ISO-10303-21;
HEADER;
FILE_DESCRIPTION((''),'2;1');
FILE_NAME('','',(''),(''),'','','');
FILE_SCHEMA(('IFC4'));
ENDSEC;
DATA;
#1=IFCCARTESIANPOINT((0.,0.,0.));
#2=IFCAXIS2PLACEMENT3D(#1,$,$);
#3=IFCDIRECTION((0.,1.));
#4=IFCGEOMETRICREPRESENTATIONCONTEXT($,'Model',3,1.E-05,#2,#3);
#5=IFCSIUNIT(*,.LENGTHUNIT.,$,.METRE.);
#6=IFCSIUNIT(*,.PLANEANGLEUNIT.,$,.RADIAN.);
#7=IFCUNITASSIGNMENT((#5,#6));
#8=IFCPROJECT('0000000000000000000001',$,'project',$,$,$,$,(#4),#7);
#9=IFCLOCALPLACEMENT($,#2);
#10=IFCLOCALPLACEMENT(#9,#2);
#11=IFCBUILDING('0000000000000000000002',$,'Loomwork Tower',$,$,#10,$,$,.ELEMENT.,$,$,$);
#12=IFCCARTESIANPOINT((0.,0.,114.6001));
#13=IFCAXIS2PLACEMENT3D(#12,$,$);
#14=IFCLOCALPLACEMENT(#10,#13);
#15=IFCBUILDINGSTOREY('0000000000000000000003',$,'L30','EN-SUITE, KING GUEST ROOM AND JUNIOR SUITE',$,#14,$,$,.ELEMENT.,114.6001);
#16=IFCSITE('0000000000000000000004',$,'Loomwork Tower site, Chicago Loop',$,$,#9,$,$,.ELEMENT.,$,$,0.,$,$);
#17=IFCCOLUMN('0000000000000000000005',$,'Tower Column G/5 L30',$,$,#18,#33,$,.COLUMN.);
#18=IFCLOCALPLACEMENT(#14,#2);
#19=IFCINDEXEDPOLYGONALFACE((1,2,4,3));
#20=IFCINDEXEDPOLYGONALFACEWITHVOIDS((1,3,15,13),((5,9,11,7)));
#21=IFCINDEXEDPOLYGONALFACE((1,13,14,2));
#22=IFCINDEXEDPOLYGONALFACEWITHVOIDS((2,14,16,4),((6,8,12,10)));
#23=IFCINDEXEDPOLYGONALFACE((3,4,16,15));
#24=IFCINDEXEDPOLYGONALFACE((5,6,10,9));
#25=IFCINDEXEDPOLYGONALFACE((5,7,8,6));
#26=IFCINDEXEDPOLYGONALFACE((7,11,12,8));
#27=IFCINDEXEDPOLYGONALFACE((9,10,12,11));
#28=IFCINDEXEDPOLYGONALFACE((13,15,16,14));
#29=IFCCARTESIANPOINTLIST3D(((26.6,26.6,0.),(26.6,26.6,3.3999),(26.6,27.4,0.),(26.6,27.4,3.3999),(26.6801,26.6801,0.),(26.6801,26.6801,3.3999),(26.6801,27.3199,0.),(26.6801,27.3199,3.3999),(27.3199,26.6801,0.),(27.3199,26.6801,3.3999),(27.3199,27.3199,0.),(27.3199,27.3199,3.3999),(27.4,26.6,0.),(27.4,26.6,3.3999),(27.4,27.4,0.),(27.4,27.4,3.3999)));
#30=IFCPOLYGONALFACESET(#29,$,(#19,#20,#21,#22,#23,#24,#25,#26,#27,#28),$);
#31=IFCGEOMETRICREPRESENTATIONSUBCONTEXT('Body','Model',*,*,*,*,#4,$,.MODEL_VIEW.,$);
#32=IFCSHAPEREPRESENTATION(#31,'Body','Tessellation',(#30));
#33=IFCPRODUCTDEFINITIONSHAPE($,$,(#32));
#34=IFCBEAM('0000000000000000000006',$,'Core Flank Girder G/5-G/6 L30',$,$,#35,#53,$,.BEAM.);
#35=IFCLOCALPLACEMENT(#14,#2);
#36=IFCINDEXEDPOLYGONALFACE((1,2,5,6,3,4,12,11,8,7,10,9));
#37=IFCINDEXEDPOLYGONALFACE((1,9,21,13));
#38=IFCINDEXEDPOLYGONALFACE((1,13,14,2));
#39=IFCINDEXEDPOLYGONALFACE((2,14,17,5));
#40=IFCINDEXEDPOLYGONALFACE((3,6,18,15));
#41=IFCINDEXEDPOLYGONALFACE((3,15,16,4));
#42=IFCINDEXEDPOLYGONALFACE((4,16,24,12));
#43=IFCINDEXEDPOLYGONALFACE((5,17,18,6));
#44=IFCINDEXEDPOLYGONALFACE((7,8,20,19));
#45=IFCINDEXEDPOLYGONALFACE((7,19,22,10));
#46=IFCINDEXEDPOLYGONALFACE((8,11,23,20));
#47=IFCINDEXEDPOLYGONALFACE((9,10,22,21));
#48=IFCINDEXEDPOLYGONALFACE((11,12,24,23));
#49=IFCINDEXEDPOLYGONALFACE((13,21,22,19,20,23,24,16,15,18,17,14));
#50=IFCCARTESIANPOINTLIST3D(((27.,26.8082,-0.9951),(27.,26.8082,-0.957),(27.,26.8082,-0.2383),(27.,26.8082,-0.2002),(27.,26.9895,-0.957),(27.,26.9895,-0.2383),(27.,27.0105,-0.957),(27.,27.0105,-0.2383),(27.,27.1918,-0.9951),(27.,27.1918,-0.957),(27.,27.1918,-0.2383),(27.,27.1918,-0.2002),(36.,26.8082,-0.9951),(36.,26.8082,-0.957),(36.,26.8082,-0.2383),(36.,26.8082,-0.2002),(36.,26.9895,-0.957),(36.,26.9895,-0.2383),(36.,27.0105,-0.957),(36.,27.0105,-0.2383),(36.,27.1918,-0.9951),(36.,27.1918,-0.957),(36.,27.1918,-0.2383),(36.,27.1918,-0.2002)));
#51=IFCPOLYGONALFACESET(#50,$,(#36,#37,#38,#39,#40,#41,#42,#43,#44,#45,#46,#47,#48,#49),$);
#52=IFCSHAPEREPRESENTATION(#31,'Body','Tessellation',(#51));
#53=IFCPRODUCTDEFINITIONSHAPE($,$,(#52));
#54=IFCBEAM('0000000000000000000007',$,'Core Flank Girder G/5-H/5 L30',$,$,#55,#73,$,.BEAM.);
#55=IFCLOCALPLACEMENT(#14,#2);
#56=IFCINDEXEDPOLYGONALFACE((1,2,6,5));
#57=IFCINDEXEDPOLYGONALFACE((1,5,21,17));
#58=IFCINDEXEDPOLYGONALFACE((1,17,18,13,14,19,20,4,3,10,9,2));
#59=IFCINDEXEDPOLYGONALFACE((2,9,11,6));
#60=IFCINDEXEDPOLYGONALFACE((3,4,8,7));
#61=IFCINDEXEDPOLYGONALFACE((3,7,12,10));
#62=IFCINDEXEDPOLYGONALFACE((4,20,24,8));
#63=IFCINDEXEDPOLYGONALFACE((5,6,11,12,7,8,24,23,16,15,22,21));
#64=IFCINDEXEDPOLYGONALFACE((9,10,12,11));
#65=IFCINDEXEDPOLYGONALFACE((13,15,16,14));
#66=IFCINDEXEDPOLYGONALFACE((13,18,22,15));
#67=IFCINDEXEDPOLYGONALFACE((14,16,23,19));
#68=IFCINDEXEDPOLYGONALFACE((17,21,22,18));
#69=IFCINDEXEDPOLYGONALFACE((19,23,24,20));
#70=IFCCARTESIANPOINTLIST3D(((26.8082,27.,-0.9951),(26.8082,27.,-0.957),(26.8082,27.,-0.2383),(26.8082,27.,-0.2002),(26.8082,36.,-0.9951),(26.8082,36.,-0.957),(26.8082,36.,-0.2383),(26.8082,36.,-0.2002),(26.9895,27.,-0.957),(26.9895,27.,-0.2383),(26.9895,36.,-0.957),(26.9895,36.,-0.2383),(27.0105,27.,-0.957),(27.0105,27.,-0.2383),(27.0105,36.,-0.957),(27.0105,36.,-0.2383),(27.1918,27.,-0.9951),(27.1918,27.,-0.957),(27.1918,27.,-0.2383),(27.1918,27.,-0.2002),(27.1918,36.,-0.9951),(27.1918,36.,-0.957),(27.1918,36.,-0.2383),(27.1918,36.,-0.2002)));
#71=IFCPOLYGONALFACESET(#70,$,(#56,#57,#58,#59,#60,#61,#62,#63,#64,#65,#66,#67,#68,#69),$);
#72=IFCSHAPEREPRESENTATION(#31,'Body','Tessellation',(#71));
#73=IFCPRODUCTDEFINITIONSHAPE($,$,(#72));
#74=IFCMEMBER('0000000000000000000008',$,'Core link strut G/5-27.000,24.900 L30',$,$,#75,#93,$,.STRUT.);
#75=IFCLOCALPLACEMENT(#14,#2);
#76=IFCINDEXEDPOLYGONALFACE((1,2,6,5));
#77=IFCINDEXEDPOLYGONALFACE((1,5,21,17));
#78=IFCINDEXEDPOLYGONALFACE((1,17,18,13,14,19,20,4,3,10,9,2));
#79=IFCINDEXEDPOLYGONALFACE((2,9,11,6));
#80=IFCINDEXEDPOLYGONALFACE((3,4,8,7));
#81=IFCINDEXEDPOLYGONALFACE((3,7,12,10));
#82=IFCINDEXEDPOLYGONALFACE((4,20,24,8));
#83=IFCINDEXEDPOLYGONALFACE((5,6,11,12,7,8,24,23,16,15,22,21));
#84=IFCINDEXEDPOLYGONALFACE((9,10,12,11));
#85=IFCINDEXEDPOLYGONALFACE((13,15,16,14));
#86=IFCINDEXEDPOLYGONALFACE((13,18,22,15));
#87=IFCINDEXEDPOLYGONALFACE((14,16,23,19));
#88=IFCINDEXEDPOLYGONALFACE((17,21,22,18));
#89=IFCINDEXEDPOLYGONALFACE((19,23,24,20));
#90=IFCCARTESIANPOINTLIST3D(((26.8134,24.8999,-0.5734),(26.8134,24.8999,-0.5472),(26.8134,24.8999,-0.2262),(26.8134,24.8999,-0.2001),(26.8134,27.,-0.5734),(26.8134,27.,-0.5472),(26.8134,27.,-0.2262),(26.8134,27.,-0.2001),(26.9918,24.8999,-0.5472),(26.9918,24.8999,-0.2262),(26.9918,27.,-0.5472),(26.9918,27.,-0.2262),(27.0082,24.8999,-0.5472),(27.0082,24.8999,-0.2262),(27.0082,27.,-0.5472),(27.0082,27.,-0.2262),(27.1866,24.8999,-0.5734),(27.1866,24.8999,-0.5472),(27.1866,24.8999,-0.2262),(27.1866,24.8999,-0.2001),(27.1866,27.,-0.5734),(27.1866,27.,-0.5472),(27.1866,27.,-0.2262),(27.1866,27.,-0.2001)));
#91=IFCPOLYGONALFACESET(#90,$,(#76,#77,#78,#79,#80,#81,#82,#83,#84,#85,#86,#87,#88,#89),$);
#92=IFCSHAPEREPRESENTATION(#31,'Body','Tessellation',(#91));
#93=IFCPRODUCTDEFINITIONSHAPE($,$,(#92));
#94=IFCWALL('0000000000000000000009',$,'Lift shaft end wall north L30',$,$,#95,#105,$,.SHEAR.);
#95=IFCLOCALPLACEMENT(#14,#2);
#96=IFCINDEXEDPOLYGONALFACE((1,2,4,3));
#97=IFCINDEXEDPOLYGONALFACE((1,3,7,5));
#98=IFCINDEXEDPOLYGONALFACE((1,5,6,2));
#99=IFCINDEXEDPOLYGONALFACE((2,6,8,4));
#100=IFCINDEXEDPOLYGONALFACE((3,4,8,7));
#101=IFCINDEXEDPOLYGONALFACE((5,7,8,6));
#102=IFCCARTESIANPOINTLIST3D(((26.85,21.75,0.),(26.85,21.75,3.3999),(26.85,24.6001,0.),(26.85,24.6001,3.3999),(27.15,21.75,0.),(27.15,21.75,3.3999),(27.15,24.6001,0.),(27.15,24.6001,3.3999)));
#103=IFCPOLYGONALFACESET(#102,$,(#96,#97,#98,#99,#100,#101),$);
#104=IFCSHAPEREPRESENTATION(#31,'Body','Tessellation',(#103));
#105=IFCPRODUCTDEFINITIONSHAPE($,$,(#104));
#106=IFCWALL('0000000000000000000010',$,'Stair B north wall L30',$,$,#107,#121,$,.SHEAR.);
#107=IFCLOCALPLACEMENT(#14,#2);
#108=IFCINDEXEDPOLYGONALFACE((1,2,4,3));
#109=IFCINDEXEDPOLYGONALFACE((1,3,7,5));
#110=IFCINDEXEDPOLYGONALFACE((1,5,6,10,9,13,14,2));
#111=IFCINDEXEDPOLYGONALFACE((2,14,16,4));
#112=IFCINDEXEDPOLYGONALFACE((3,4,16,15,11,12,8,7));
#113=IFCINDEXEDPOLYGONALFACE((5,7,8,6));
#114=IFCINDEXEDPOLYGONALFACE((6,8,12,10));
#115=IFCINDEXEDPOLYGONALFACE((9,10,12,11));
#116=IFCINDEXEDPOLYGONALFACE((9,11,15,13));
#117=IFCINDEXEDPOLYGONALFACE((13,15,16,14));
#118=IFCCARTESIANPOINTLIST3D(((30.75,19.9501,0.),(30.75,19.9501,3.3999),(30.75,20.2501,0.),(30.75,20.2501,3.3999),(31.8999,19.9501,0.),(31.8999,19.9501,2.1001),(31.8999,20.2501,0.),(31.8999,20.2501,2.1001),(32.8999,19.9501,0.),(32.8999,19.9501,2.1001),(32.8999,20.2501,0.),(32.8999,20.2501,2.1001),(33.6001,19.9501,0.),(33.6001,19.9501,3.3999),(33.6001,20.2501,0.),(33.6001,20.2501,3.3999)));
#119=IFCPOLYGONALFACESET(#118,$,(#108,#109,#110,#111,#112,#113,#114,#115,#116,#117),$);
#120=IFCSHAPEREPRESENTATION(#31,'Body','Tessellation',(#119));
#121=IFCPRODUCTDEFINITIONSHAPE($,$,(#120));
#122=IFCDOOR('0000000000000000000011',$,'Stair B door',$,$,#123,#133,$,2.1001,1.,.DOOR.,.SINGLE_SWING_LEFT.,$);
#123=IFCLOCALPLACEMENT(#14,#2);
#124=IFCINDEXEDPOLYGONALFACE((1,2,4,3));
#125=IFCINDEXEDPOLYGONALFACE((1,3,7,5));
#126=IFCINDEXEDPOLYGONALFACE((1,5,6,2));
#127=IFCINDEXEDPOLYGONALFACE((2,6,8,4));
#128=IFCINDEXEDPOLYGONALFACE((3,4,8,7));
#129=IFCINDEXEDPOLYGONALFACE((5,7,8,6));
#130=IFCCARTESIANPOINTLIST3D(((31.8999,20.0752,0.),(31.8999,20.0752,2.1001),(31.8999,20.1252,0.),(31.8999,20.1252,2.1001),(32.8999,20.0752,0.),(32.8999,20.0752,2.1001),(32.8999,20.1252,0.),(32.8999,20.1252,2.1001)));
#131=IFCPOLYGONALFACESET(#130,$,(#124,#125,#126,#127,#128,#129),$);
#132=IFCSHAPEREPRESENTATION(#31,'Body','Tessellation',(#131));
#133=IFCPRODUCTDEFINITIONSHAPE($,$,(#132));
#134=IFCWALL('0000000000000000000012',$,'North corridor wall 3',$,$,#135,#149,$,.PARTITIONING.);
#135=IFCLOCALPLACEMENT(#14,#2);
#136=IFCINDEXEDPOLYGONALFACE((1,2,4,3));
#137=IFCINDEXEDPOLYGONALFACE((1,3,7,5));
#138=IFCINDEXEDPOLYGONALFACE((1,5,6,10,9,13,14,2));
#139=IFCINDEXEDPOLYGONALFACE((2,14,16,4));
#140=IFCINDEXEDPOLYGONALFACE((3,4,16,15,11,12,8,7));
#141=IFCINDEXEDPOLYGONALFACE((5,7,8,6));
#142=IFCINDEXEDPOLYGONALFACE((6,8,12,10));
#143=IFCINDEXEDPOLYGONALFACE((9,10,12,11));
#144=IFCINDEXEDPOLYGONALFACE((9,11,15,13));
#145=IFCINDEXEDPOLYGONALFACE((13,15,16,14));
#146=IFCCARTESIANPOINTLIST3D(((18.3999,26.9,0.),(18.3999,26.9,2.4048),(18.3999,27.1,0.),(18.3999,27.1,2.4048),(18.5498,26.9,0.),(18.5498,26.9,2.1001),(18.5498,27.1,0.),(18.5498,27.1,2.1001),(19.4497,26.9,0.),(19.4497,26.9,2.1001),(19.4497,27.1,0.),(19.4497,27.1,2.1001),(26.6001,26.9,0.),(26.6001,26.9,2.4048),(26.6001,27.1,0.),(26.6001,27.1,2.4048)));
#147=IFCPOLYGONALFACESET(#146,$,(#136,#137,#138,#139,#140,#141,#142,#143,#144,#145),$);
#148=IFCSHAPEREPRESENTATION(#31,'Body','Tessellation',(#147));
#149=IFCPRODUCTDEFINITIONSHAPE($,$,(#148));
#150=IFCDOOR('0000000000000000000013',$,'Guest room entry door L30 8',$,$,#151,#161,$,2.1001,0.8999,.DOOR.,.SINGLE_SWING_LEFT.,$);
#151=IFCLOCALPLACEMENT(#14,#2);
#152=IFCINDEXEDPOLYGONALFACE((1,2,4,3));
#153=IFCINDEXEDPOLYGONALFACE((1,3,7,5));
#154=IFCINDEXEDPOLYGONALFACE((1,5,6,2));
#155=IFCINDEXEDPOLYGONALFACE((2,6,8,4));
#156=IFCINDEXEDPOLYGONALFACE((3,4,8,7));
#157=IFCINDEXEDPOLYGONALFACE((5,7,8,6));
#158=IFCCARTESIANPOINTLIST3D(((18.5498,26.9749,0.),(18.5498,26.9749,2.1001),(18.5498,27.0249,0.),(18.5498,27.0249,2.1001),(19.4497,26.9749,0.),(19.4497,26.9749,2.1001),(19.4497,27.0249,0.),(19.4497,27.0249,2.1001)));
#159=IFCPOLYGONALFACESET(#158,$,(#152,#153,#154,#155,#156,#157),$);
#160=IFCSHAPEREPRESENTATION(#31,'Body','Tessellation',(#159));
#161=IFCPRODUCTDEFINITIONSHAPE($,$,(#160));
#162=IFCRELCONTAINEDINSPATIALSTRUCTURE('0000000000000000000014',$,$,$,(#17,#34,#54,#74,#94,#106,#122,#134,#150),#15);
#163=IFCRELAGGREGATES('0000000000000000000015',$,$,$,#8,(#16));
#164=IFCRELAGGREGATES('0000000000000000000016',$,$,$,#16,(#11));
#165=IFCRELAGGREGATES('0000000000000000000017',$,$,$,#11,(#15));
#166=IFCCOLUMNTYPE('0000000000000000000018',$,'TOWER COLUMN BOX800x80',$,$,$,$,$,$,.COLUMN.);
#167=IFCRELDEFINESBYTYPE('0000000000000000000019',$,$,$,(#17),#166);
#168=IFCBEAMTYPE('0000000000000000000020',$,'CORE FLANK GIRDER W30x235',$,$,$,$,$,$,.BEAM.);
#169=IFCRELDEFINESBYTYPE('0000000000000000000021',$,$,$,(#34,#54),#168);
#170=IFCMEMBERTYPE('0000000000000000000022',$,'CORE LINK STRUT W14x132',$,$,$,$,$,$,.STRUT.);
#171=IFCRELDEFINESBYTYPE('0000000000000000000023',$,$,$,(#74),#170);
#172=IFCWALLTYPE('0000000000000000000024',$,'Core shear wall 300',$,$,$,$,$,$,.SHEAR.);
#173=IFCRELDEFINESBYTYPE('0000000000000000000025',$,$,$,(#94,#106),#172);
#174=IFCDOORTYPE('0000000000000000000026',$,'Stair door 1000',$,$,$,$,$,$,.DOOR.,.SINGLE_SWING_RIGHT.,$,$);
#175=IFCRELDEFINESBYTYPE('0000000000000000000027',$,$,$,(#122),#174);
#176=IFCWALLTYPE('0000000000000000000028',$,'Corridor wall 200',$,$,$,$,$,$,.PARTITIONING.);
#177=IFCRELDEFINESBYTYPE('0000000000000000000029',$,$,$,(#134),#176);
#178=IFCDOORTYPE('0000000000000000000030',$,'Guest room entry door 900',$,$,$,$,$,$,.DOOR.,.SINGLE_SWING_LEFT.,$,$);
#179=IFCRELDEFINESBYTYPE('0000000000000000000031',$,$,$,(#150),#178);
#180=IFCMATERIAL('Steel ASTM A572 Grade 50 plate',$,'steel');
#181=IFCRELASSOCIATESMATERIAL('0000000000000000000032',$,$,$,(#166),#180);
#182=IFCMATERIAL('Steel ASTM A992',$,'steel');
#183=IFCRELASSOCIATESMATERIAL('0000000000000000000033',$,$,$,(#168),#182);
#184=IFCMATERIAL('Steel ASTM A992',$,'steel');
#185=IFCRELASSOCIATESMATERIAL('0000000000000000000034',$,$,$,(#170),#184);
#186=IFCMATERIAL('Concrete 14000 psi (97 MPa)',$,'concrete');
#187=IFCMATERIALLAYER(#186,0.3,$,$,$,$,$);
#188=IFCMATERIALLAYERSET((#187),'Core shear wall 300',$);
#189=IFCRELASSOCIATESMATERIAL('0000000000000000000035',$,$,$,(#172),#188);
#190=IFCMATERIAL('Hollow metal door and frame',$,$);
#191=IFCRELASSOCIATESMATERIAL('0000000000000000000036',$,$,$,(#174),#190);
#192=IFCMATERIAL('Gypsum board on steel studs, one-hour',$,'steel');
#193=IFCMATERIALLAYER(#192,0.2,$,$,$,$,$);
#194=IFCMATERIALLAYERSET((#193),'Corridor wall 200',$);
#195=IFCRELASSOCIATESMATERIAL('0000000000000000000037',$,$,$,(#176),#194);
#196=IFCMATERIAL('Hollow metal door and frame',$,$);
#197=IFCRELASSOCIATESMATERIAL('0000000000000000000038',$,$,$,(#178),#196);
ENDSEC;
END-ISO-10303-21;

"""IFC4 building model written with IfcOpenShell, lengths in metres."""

from ifc_helpers import new_model, si_unit, direction, frame, frame_2d, origin, origin_2d, place, context, subcontext, project, spatial, rectangle, hollow_rectangle, i_section, extrude, material, layer, layer_set, material_profile, profile_set, type_object, element, fill, save


model = new_model("IFC4")

# Units and contexts
model_context = context("Model", 3, precision=1e-05, world=origin(), true_north=direction((0.0, 1.0)))
body_context = subcontext(model_context, "Body", "Model", "MODEL_VIEW")
ifc_project = project(units=[si_unit("LENGTHUNIT", "METRE"), si_unit("PLANEANGLEUNIT", "RADIAN")], contexts=[model_context])

# Site, building, storey
site_placement = place(None, origin())
site = spatial("IfcSite", under=ifc_project, at=site_placement, Name="Loomwork Tower site, Chicago Loop", CompositionType="ELEMENT", RefElevation=0.0)
building_placement = place(site_placement, origin())
building = spatial("IfcBuilding", under=site, at=building_placement, Name="Loomwork Tower", CompositionType="ELEMENT")
storey_placement = place(building_placement, frame((0.0, 0.0, 114.6001)))
storey = spatial("IfcBuildingStorey", under=building, at=storey_placement, Name="L30", Description="EN-SUITE, KING GUEST ROOM AND JUNIOR SUITE", CompositionType="ELEMENT", Elevation=114.6001)

# Column
ifc_material_1 = material(Name="Steel ASTM A572 Grade 50 plate", Category="steel")
ifc_material_profile_1 = material_profile(ifc_material_1, hollow_rectangle(XDim=0.8, YDim=0.8, WallThickness=0.0801, at=origin_2d()), Name="BOX800x80")
ifc_profile_set_1 = profile_set([ifc_material_profile_1], Name="Steel ASTM A572 Grade 50 plate")
column_type = type_object("IfcColumnType", Name="TOWER COLUMN BOX800x80", PredefinedType="COLUMN", material=ifc_profile_set_1)
column_placement = place(storey_placement, frame((27.0, 27.0, 0.0), z_axis=(0.0, 0.0, 1.0), x_axis=(1.0, 0.0, 0.0)))
element("IfcColumn", 1, at=column_placement, inside=storey, type_object=column_type, Name="Tower Column G/5 L30", PredefinedType="COLUMN", context=body_context, shape_type="SweptSolid", body=[
    extrude(hollow_rectangle(XDim=0.8, YDim=0.8, WallThickness=0.0801, at=origin_2d()), origin(), (0.0, 0.0, 1.0), 3.3999),
])

# Beams
ifc_material_2 = material(Name="Steel ASTM A992", Category="steel")
ifc_material_profile_2 = material_profile(ifc_material_2, i_section(OverallWidth=0.3835, OverallDepth=0.7949, WebThickness=0.021, FlangeThickness=0.0381, at=origin_2d()), Name="W30x235")
ifc_profile_set_2 = profile_set([ifc_material_profile_2], Name="Steel ASTM A992")
beam_type = type_object("IfcBeamType", Name="CORE FLANK GIRDER W30x235", PredefinedType="BEAM", material=ifc_profile_set_2)
for number, where, z_axis, x_axis, name in (
    (2, (27.0, 27.0, -0.5977), (1.0, 0.0, 0.0), (0.0, 1.0, 0.0), "Core Flank Girder G/5-G/6 L30"),
    (3, (27.0, 27.0, -0.5977), (0.0, 1.0, 0.0), (-1.0, 0.0, 0.0), "Core Flank Girder G/5-H/5 L30"),
):
    element("IfcBeam", number, at=place(storey_placement, frame(where, z_axis=z_axis, x_axis=x_axis)), inside=storey, type_object=beam_type, Name=name, PredefinedType="BEAM", context=body_context, shape_type="SweptSolid", body=[
        extrude(i_section(OverallWidth=0.3835, OverallDepth=0.7949, WebThickness=0.021, FlangeThickness=0.0381, at=origin_2d()), origin(), (0.0, 0.0, 1.0), 9.0),
    ])

# Member
ifc_material_3 = material(Name="Steel ASTM A992", Category="steel")
ifc_material_profile_3 = material_profile(ifc_material_3, i_section(OverallWidth=0.3733, OverallDepth=0.3733, WebThickness=0.0164, FlangeThickness=0.0261, at=origin_2d()), Name="W14x132")
ifc_profile_set_3 = profile_set([ifc_material_profile_3], Name="Steel ASTM A992")
member_type = type_object("IfcMemberType", Name="CORE LINK STRUT W14x132", PredefinedType="STRUT", material=ifc_profile_set_3)
member_placement = place(storey_placement, frame((27.0, 27.0, -0.3867), z_axis=(0.0, -1.0, 0.0), x_axis=(1.0, 0.0, 0.0)))
element("IfcMember", 4, at=member_placement, inside=storey, type_object=member_type, Name="Core link strut G/5-27.000,24.900 L30", PredefinedType="STRUT", context=body_context, shape_type="SweptSolid", body=[
    extrude(i_section(OverallWidth=0.3733, OverallDepth=0.3733, WebThickness=0.0164, FlangeThickness=0.0261, at=origin_2d()), origin(), (0.0, 0.0, 1.0), 2.1001),
])

# Wall
ifc_material_4 = material(Name="Concrete 14000 psi (97 MPa)", Category="concrete")
ifc_layer_1 = layer(ifc_material_4, 0.3)
ifc_layer_set_1 = layer_set([ifc_layer_1], Name="Core shear wall 300")
wall_type_1 = type_object("IfcWallType", Name="Core shear wall 300", PredefinedType="SHEAR", material=ifc_layer_set_1)
wall_1_placement = place(storey_placement, frame((27.0, 21.75, 0.0), z_axis=(0.0, 0.0, 1.0), x_axis=(0.0, 1.0, 0.0)))
element("IfcWall", 5, at=wall_1_placement, inside=storey, type_object=wall_type_1, Name="Lift shaft end wall north L30", PredefinedType="SHEAR", context=body_context, shape_type="SweptSolid", body=[
    extrude(rectangle(XDim=2.8501, YDim=0.3, at=frame_2d((1.425, 0.0))), origin(), (0.0, 0.0, 1.0), 3.3999),
])

# Walls, openings, doors
wall_2_placement = place(storey_placement, frame((30.75, 20.1001, 0.0), z_axis=(0.0, 0.0, 1.0), x_axis=(1.0, 0.0, 0.0)))
wall_2 = element("IfcWall", 6, at=wall_2_placement, inside=storey, type_object=wall_type_1, Name="Stair B north wall L30", PredefinedType="SHEAR", context=body_context, shape_type="SweptSolid", body=[
    extrude(rectangle(XDim=2.8501, YDim=0.3, at=frame_2d((1.425, 0.0))), origin(), (0.0, 0.0, 1.0), 3.3999),
])
opening_1_placement = place(wall_2_placement, frame((1.1499, 0.0, 0.0)))
opening_1 = element("IfcOpeningElement", 7, at=opening_1_placement, cuts=wall_2, PredefinedType="OPENING", context=body_context, shape_type="SweptSolid", body=[
    extrude(rectangle(XDim=1.0, YDim=2.1001, at=frame_2d((0.5, 1.05))), frame((0.0, 0.1599, 0.0), z_axis=(0.0, -1.0, 0.0), x_axis=(1.0, 0.0, 0.0)), (0.0, 0.0, 1.0), 0.3201),
])
ifc_material_5 = material(Name="Hollow metal door and frame")
door_type_1 = type_object("IfcDoorType", Name="Stair door 1000", OperationType="SINGLE_SWING_RIGHT", PredefinedType="DOOR", material=ifc_material_5)
door_1_placement = place(opening_1_placement, frame((1.0, 0.0, 0.0), z_axis=(0.0, 0.0, 1.0), x_axis=(-1.0, 0.0, 0.0)))
door_1 = element("IfcDoor", 8, at=door_1_placement, inside=storey, type_object=door_type_1, Name="Stair B door", OperationType="SINGLE_SWING_LEFT", OverallHeight=2.1001, OverallWidth=1.0, PredefinedType="DOOR", context=body_context, shape_type="SweptSolid", body=[
    extrude(rectangle(XDim=1.0, YDim=2.1001, at=frame_2d((0.5, 1.05))), frame((0.0, 0.0249, 0.0), z_axis=(0.0, -1.0, 0.0), x_axis=(1.0, 0.0, 0.0)), (0.0, 0.0, 1.0), 0.05),
])
fill(opening_1, door_1)
ifc_material_6 = material(Name="Gypsum board on steel studs, one-hour", Category="steel")
ifc_layer_2 = layer(ifc_material_6, 0.2)
ifc_layer_set_2 = layer_set([ifc_layer_2], Name="Corridor wall 200")
wall_type_2 = type_object("IfcWallType", Name="Corridor wall 200", PredefinedType="PARTITIONING", material=ifc_layer_set_2)
wall_3_placement = place(storey_placement, frame((18.3999, 27.0, 0.0), z_axis=(0.0, 0.0, 1.0), x_axis=(1.0, 0.0, 0.0)))
wall_3 = element("IfcWall", 9, at=wall_3_placement, inside=storey, type_object=wall_type_2, Name="North corridor wall 3", PredefinedType="PARTITIONING", context=body_context, shape_type="SweptSolid", body=[
    extrude(rectangle(XDim=8.2002, YDim=0.2, at=frame_2d((4.1001, 0.0))), origin(), (0.0, 0.0, 1.0), 2.4048),
])
opening_2_placement = place(wall_3_placement, frame((0.1499, 0.0, 0.0)))
opening_2 = element("IfcOpeningElement", 10, at=opening_2_placement, cuts=wall_3, PredefinedType="OPENING", context=body_context, shape_type="SweptSolid", body=[
    extrude(rectangle(XDim=0.8999, YDim=2.1001, at=frame_2d((0.45, 1.05))), frame((0.0, 0.1099, 0.0), z_axis=(0.0, -1.0, 0.0), x_axis=(1.0, 0.0, 0.0)), (0.0, 0.0, 1.0), 0.22),
])
ifc_material_7 = material(Name="Hollow metal door and frame")
door_type_2 = type_object("IfcDoorType", Name="Guest room entry door 900", OperationType="SINGLE_SWING_LEFT", PredefinedType="DOOR", material=ifc_material_7)
door_2_placement = place(opening_2_placement, origin())
door_2 = element("IfcDoor", 11, at=door_2_placement, inside=storey, type_object=door_type_2, Name="Guest room entry door L30 8", OperationType="SINGLE_SWING_LEFT", OverallHeight=2.1001, OverallWidth=0.8999, PredefinedType="DOOR", context=body_context, shape_type="SweptSolid", body=[
    extrude(rectangle(XDim=0.8999, YDim=2.1001, at=frame_2d((0.45, 1.05))), frame((0.0, 0.0249, 0.0), z_axis=(0.0, -1.0, 0.0), x_axis=(1.0, 0.0, 0.0)), (0.0, 0.0, 1.0), 0.05),
])
fill(opening_2, door_2)

save(model, "model.ifc")
